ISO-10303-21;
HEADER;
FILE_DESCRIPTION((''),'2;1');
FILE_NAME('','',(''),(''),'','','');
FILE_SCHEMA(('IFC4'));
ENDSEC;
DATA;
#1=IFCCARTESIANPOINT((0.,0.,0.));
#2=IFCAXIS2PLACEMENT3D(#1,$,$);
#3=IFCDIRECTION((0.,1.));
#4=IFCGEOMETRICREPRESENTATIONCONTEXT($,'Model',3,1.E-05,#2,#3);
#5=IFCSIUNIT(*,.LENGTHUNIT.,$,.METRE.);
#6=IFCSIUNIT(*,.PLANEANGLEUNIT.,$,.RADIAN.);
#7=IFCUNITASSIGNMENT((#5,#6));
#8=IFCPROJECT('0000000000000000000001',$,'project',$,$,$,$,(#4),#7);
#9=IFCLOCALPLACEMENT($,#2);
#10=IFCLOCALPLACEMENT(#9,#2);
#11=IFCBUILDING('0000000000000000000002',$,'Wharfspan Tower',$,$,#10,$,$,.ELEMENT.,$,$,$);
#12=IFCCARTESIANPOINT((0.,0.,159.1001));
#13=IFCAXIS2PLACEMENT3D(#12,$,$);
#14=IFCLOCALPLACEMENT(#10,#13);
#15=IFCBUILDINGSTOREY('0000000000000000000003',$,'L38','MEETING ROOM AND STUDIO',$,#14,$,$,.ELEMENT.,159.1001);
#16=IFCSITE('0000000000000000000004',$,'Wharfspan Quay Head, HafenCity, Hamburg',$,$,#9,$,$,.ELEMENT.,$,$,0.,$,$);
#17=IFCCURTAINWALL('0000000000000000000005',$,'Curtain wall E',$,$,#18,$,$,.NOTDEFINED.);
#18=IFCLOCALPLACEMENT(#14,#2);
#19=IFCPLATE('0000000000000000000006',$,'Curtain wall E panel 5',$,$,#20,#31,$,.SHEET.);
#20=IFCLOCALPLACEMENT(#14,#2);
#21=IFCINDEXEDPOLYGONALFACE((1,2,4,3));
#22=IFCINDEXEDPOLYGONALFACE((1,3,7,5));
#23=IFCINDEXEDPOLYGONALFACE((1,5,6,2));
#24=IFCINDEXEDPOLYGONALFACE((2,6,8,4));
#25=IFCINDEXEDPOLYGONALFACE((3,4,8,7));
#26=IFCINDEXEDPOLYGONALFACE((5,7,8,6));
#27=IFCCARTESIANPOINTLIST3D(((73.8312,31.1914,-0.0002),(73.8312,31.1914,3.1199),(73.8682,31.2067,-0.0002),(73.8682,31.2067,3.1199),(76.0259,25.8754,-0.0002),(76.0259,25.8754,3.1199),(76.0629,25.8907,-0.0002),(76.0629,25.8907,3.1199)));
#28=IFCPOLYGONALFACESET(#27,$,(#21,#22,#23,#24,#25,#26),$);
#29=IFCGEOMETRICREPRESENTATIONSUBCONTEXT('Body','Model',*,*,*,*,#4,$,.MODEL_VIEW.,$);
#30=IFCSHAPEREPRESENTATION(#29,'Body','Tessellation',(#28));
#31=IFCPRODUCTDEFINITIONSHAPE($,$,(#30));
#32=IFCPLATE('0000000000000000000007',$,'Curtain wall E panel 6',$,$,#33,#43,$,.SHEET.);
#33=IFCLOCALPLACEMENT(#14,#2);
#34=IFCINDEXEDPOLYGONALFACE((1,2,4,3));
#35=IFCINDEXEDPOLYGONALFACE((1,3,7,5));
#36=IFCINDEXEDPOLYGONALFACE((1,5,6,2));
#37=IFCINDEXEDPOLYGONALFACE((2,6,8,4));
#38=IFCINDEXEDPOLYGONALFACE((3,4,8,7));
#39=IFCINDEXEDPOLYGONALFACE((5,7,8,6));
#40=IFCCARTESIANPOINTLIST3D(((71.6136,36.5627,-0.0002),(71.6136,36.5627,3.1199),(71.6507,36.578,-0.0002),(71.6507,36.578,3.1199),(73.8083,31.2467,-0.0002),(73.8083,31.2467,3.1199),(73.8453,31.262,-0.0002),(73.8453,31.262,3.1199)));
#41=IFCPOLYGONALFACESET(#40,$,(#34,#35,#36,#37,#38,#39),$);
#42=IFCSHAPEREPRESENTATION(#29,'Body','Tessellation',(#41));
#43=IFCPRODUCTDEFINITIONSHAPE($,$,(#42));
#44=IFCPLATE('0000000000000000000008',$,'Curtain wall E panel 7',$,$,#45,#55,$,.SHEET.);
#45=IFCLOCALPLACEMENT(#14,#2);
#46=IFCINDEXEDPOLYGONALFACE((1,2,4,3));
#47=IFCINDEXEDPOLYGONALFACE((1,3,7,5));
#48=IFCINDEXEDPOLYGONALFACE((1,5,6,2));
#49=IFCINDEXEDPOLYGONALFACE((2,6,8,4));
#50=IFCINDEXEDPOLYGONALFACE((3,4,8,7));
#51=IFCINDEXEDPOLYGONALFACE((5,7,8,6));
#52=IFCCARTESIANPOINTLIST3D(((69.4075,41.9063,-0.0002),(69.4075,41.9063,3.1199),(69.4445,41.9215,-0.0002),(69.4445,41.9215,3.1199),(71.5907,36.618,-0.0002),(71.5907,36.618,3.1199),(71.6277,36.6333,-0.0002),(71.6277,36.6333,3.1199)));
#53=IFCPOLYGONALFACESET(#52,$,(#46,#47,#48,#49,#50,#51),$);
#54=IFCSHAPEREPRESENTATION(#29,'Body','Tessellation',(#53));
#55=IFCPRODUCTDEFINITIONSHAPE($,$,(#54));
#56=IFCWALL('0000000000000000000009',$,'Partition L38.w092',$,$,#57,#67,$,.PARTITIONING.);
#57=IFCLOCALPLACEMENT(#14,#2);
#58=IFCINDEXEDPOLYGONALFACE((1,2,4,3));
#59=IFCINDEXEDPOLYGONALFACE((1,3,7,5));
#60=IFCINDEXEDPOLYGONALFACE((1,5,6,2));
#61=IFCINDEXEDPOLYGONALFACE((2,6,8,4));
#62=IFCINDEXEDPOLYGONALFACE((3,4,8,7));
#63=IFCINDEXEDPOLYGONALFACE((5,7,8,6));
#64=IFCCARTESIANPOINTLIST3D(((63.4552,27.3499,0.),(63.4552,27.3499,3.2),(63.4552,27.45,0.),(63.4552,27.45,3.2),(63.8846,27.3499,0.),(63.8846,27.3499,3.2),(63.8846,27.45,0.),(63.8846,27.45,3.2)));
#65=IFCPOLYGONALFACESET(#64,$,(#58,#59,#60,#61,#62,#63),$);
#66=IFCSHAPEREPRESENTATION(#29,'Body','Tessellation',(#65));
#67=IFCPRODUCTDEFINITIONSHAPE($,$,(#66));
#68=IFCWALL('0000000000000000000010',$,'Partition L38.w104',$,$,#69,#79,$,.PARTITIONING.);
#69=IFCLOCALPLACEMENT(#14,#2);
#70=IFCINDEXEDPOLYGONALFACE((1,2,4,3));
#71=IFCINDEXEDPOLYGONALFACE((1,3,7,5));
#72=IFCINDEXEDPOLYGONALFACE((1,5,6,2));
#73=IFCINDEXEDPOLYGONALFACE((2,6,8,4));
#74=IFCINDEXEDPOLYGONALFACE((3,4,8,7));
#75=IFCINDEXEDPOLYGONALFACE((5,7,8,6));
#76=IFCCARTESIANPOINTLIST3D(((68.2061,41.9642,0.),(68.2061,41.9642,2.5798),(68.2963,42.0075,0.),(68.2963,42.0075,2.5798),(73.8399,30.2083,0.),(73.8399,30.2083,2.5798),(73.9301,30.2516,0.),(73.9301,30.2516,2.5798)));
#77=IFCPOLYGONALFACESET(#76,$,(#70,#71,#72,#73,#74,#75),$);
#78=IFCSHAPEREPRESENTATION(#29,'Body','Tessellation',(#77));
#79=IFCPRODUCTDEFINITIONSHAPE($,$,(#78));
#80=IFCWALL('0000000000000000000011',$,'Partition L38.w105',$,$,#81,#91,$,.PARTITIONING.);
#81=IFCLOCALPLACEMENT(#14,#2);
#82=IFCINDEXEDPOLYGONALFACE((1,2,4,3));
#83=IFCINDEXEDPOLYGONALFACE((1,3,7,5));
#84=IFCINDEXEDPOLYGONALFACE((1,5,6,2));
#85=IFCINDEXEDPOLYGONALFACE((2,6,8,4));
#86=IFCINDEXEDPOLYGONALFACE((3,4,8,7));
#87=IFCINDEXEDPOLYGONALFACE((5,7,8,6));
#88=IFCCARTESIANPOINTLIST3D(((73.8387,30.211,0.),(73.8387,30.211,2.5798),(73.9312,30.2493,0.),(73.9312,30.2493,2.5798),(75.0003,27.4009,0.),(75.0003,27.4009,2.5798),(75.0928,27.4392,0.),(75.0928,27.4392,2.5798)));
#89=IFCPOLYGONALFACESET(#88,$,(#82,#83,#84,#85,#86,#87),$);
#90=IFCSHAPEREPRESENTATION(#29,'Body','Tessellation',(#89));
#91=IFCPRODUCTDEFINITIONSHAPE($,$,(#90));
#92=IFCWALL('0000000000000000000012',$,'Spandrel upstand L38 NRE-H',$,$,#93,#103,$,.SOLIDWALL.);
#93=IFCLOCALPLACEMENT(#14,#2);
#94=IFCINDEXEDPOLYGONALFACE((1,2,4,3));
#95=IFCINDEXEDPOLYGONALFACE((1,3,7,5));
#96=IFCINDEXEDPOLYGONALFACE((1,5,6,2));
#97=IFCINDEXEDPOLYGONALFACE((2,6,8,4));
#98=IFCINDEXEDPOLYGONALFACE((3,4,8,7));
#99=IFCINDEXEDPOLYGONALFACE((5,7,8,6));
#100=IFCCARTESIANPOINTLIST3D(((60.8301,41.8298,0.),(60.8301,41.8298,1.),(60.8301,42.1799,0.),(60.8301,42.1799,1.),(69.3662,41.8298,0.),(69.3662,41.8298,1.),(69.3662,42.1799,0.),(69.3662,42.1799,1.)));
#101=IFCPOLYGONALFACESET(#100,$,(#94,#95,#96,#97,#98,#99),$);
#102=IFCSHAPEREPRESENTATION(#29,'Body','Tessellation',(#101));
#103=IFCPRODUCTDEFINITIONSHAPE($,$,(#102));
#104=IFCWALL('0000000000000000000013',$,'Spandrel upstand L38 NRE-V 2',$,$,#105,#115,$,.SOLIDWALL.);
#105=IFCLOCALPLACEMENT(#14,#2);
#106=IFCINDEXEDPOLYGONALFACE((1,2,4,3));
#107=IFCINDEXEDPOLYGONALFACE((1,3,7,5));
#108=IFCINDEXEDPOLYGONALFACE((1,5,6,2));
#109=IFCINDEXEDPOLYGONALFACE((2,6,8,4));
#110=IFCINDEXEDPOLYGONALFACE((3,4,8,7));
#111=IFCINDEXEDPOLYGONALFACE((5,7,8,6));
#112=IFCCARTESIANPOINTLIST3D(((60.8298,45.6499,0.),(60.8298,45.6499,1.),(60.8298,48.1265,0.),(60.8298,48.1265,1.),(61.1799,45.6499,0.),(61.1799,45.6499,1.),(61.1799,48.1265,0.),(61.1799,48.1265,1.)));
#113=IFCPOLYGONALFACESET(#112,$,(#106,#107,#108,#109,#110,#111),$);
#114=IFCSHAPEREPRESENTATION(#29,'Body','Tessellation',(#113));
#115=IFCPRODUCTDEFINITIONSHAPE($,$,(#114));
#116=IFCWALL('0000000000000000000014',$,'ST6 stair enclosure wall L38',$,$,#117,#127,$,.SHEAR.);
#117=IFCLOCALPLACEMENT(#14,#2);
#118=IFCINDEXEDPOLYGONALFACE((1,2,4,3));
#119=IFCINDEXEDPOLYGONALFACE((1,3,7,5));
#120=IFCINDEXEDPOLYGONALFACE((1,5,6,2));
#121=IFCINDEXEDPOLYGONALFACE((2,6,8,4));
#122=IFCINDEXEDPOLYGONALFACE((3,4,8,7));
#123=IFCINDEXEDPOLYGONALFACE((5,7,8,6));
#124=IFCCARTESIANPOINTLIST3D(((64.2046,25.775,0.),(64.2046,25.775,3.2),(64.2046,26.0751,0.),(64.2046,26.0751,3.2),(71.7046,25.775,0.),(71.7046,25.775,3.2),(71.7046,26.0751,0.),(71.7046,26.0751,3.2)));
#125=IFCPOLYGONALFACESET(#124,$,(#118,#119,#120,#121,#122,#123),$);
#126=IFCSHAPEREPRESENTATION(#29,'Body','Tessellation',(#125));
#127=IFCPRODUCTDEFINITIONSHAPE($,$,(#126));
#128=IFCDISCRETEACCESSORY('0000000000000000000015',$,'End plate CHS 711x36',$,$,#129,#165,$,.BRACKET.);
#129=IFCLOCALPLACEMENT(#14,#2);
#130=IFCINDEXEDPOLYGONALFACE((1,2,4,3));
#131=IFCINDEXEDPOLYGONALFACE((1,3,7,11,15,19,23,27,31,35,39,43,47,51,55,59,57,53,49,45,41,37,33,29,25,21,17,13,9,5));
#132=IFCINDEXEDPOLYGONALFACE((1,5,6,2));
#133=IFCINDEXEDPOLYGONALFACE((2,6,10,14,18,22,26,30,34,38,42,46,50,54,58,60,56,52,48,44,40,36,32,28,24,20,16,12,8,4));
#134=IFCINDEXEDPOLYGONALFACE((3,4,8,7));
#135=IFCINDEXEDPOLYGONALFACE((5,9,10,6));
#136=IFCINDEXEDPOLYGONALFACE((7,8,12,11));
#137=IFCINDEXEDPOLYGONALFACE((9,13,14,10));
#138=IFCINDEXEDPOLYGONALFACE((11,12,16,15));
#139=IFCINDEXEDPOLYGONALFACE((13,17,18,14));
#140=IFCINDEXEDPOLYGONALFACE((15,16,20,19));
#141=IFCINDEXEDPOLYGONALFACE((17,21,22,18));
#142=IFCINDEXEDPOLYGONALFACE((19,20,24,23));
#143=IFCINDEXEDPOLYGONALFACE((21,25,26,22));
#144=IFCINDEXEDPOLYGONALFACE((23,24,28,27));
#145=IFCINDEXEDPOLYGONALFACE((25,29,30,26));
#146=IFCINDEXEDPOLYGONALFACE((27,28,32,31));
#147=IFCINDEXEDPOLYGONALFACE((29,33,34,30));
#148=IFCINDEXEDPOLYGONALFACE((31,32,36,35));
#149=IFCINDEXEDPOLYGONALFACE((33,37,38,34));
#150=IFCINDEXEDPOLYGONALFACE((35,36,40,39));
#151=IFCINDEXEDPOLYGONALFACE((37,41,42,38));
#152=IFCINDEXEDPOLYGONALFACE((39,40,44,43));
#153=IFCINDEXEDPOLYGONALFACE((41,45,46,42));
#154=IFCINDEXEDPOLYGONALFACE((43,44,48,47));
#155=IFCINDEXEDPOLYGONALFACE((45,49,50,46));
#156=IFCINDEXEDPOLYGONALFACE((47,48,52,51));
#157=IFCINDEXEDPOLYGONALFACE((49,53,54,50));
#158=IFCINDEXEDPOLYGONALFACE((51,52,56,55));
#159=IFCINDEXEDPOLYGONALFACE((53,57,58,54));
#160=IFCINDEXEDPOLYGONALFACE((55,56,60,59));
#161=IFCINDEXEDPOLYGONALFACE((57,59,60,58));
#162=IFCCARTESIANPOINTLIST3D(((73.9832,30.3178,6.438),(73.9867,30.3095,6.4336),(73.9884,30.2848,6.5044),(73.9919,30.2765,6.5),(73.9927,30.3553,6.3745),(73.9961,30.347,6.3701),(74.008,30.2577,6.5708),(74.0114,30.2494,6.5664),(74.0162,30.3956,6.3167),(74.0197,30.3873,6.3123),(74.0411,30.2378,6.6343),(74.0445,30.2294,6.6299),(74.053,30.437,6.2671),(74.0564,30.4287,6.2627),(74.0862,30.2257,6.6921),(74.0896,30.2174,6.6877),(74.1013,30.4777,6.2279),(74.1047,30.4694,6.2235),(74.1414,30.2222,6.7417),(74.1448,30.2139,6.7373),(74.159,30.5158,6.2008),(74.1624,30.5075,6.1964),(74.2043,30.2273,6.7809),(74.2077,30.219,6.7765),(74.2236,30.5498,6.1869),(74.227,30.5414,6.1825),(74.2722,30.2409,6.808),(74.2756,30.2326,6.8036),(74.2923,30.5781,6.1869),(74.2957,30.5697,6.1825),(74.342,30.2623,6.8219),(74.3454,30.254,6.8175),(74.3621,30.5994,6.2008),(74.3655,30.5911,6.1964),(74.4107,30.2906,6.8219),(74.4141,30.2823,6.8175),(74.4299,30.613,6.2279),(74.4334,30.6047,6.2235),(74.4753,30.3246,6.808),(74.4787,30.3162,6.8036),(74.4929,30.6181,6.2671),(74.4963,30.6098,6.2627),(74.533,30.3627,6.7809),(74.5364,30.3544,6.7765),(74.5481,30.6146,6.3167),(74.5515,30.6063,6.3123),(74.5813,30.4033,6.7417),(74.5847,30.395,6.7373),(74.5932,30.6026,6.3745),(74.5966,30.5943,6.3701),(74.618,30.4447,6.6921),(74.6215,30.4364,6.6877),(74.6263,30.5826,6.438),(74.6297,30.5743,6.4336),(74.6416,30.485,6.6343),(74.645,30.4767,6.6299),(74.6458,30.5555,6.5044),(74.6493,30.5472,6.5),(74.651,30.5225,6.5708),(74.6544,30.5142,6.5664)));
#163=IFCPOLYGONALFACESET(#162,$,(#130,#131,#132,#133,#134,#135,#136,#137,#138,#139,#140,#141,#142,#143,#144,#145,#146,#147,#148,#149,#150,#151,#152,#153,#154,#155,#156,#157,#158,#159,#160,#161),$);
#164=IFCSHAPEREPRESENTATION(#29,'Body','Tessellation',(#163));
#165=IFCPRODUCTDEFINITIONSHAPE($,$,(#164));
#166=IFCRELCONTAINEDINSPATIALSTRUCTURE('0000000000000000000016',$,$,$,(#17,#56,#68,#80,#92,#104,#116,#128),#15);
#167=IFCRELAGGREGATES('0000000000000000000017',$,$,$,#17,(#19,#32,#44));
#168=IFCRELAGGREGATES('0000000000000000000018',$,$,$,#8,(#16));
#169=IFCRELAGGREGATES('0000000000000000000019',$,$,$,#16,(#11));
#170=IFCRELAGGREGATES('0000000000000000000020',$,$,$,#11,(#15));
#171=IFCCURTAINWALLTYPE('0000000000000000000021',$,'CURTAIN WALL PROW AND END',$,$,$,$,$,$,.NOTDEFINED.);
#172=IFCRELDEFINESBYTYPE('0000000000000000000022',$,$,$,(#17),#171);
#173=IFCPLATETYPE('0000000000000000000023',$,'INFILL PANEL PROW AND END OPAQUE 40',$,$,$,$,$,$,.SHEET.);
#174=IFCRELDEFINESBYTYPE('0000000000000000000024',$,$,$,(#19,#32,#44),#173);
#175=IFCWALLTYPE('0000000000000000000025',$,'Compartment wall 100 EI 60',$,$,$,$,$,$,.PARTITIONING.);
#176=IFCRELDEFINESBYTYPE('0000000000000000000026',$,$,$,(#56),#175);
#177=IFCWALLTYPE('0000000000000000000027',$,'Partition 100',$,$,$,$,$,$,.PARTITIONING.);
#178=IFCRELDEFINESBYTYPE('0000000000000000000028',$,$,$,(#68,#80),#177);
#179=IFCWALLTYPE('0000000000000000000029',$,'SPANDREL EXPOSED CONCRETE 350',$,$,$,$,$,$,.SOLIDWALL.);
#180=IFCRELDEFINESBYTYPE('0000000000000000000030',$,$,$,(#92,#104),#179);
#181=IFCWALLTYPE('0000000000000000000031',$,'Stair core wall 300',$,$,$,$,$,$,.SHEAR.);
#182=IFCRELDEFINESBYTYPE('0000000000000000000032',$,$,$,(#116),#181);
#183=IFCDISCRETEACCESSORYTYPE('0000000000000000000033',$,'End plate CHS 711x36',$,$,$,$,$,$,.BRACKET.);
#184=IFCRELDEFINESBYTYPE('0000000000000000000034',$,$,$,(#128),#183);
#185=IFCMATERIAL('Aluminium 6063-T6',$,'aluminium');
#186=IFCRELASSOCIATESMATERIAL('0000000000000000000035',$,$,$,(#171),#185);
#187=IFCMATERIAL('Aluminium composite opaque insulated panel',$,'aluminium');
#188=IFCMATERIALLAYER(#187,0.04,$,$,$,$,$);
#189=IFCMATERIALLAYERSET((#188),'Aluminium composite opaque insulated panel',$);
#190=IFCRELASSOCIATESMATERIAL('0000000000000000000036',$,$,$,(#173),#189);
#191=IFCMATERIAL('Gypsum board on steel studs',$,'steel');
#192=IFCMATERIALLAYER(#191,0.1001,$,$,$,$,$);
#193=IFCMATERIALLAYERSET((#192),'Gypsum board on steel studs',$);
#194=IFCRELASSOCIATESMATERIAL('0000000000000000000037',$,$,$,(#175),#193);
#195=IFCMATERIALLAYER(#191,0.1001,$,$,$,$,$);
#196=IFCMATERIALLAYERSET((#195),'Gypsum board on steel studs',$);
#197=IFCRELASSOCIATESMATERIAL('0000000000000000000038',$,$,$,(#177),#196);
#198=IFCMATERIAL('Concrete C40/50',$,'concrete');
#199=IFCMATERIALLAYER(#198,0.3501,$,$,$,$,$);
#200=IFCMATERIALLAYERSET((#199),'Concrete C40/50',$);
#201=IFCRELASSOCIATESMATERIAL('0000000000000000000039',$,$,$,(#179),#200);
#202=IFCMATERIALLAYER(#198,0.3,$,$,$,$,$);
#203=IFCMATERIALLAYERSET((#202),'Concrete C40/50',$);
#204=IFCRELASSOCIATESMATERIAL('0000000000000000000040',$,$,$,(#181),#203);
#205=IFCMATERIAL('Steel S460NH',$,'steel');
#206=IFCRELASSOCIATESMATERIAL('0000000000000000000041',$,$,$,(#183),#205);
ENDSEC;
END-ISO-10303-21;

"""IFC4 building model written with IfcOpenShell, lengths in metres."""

from ifc_helpers import new_model, si_unit, direction, frame, frame_2d, origin, origin_2d, place, context, subcontext, project, spatial, rectangle, circle, extrude, material, layer, layer_set, material_profile, profile_set, type_object, element, aggregate, save


model = new_model("IFC4")

# Units and contexts
model_context = context("Model", 3, precision=1e-05, world=origin(), true_north=direction((0.0, 1.0)))
body_context = subcontext(model_context, "Body", "Model", "MODEL_VIEW")
ifc_project = project(units=[si_unit("LENGTHUNIT", "METRE"), si_unit("PLANEANGLEUNIT", "RADIAN")], contexts=[model_context])

# Site, building, storey
site_placement = place(None, origin())
site = spatial("IfcSite", under=ifc_project, at=site_placement, Name="Wharfspan Quay Head, HafenCity, Hamburg", CompositionType="ELEMENT", RefElevation=0.0)
building_placement = place(site_placement, origin())
building = spatial("IfcBuilding", under=site, at=building_placement, Name="Wharfspan Tower", CompositionType="ELEMENT")
storey_placement = place(building_placement, frame((0.0, 0.0, 159.1001)))
storey = spatial("IfcBuildingStorey", under=building, at=storey_placement, Name="L38", Description="MEETING ROOM AND STUDIO", CompositionType="ELEMENT", Elevation=159.1001)

# Curtain wall
ifc_material_1 = material(Name="Aluminium 6063-T6", Category="aluminium")
curtain_wall_type = type_object("IfcCurtainWallType", Name="CURTAIN WALL PROW AND END", PredefinedType="NOTDEFINED", material=ifc_material_1)
curtain_wall_1_placement = place(storey_placement, origin())
curtain_wall_1 = element("IfcCurtainWall", 1, at=curtain_wall_1_placement, inside=storey, type_object=curtain_wall_type, Name="Curtain wall E", PredefinedType="NOTDEFINED")

# Shared definitions
ifc_material_2 = material(Name="Steel S460NH", Category="steel")

# Plates
ifc_material_3 = material(Name="Aluminium composite opaque insulated panel", Category="aluminium")
ifc_layer_1 = layer(ifc_material_3, 0.04)
ifc_layer_set_1 = layer_set([ifc_layer_1], Name="Aluminium composite opaque insulated panel")
plate_type_1 = type_object("IfcPlateType", Name="INFILL PANEL PROW AND END OPAQUE 40", PredefinedType="SHEET", material=ifc_layer_set_1)
plate_1_placement = place(storey_placement, frame((74.947, 28.541, -0.0002), z_axis=(0.0, 0.0, 1.0), x_axis=(-0.381602, 0.924325, 0.0)))
plate_1 = element("IfcPlate", 2, at=plate_1_placement, type_object=plate_type_1, Name="Curtain wall E panel 5", PredefinedType="SHEET", context=body_context, shape_type="SweptSolid", body=[
    extrude(rectangle(XDim=5.7512, YDim=0.04, at=origin_2d()), origin(), (0.0, 0.0, 1.0), 3.1201),
])
plate_2_placement = place(storey_placement, frame((72.7295, 33.9124, -0.0002), z_axis=(0.0, 0.0, 1.0), x_axis=(-0.381602, 0.924325, 0.0)))
plate_2 = element("IfcPlate", 3, at=plate_2_placement, type_object=plate_type_1, Name="Curtain wall E panel 6", PredefinedType="SHEET", context=body_context, shape_type="SweptSolid", body=[
    extrude(rectangle(XDim=5.7512, YDim=0.04, at=origin_2d()), origin(), (0.0, 0.0, 1.0), 3.1201),
])
plate_3_placement = place(storey_placement, frame((70.5176, 39.2698, -0.0002), z_axis=(0.0, 0.0, 1.0), x_axis=(-0.381602, 0.924325, 0.0)))
plate_3 = element("IfcPlate", 4, at=plate_3_placement, type_object=plate_type_1, Name="Curtain wall E panel 7", PredefinedType="SHEET", context=body_context, shape_type="SweptSolid", body=[
    extrude(rectangle(XDim=5.7212, YDim=0.04, at=origin_2d()), origin(), (0.0, 0.0, 1.0), 3.1201),
])
aggregate(curtain_wall_1, [plate_1, plate_2, plate_3])

# Walls
ifc_material_4 = material(Name="Gypsum board on steel studs", Category="steel")
ifc_layer_2 = layer(ifc_material_4, 0.1001)
ifc_layer_set_2 = layer_set([ifc_layer_2], Name="Gypsum board on steel studs")
wall_type_1 = type_object("IfcWallType", Name="Compartment wall 100 EI 60", PredefinedType="PARTITIONING", material=ifc_layer_set_2)
wall_1_placement = place(storey_placement, frame((63.4551, 27.3999, 0.0), z_axis=(0.0, 0.0, 1.0), x_axis=(1.0, 0.0, 0.0)))
element("IfcWall", 5, at=wall_1_placement, inside=storey, type_object=wall_type_1, Name="Partition L38.w092", PredefinedType="PARTITIONING", context=body_context, shape_type="SweptSolid", body=[
    extrude(rectangle(XDim=0.4294, YDim=0.1001, at=frame_2d((0.2148, 0.0))), origin(), (0.0, 0.0, 1.0), 3.2),
])
ifc_layer_3 = layer(ifc_material_4, 0.1001)
ifc_layer_set_3 = layer_set([ifc_layer_3], Name="Gypsum board on steel studs")
wall_type_2 = type_object("IfcWallType", Name="Partition 100", PredefinedType="PARTITIONING", material=ifc_layer_set_3)
wall_2_placement = place(storey_placement, frame((73.885, 30.23, 0.0), z_axis=(0.0, 0.0, 1.0), x_axis=(-0.432167, 0.90179, 0.0)))
element("IfcWall", 6, at=wall_2_placement, inside=storey, type_object=wall_type_2, Name="Partition L38.w104", PredefinedType="PARTITIONING", context=body_context, shape_type="SweptSolid", body=[
    extrude(rectangle(XDim=13.0361, YDim=0.1001, at=frame_2d((6.5181, 0.0))), origin(), (0.0, 0.0, 1.0), 2.5798),
])
wall_3_placement = place(storey_placement, frame((75.0466, 27.4199, 0.0), z_axis=(0.0, 0.0, 1.0), x_axis=(-0.382024, 0.924148, 0.0)))
element("IfcWall", 7, at=wall_3_placement, inside=storey, type_object=wall_type_2, Name="Partition L38.w105", PredefinedType="PARTITIONING", context=body_context, shape_type="SweptSolid", body=[
    extrude(rectangle(XDim=3.0408, YDim=0.1001, at=frame_2d((1.5205, 0.0))), origin(), (0.0, 0.0, 1.0), 2.5798),
])
ifc_material_5 = material(Name="Concrete C40/50", Category="concrete")
ifc_layer_4 = layer(ifc_material_5, 0.3501)
ifc_layer_set_4 = layer_set([ifc_layer_4], Name="Concrete C40/50")
wall_type_3 = type_object("IfcWallType", Name="SPANDREL EXPOSED CONCRETE 350", PredefinedType="SOLIDWALL", material=ifc_layer_set_4)
wall_4_placement = place(storey_placement, frame((69.3662, 42.0049, 0.0), z_axis=(0.0, 0.0, 1.0), x_axis=(-1.0, 0.0, 0.0)))
element("IfcWall", 8, at=wall_4_placement, inside=storey, type_object=wall_type_3, Name="Spandrel upstand L38 NRE-H", PredefinedType="SOLIDWALL", context=body_context, shape_type="SweptSolid", body=[
    extrude(rectangle(XDim=8.5361, YDim=0.3501, at=frame_2d((4.2681, 0.0))), origin(), (0.0, 0.0, 1.0), 1.0),
])
wall_5_placement = place(storey_placement, frame((61.0049, 45.6499, 0.0), z_axis=(0.0, 0.0, 1.0), x_axis=(0.0, 1.0, 0.0)))
element("IfcWall", 9, at=wall_5_placement, inside=storey, type_object=wall_type_3, Name="Spandrel upstand L38 NRE-V 2", PredefinedType="SOLIDWALL", context=body_context, shape_type="SweptSolid", body=[
    extrude(rectangle(XDim=2.4766, YDim=0.3501, at=frame_2d((1.2383, 0.0))), origin(), (0.0, 0.0, 1.0), 1.0),
])
ifc_layer_5 = layer(ifc_material_5, 0.3)
ifc_layer_set_5 = layer_set([ifc_layer_5], Name="Concrete C40/50")
wall_type_4 = type_object("IfcWallType", Name="Stair core wall 300", PredefinedType="SHEAR", material=ifc_layer_set_5)
wall_6_placement = place(storey_placement, frame((64.2046, 25.925, 0.0), z_axis=(0.0, 0.0, 1.0), x_axis=(1.0, 0.0, 0.0)))
element("IfcWall", 10, at=wall_6_placement, inside=storey, type_object=wall_type_4, Name="ST6 stair enclosure wall L38", PredefinedType="SHEAR", context=body_context, shape_type="SweptSolid", body=[
    extrude(rectangle(XDim=7.5, YDim=0.3, at=frame_2d((3.75, 0.0))), origin(), (0.0, 0.0, 1.0), 3.2),
])

# Discrete accessory
ifc_material_profile_1 = material_profile(ifc_material_2, circle(Radius=0.3555, at=origin_2d()))
ifc_profile_set_1 = profile_set([ifc_material_profile_1], Name="Steel S460NH")
discrete_accessory_type = type_object("IfcDiscreteAccessoryType", Name="End plate CHS 711x36", PredefinedType="BRACKET", material=ifc_profile_set_1)
for number, where, z_axis, x_axis, name in (
    (11, (74.3206, 30.4119, 6.5), (-0.341972, 0.830504, 0.439679), (-0.924678, -0.380749, -0.000001), "End plate CHS 711x36"),
):
    element("IfcDiscreteAccessory", number, at=place(storey_placement, frame(where, z_axis=z_axis, x_axis=x_axis)), inside=storey, type_object=discrete_accessory_type, Name=name, PredefinedType="BRACKET", context=body_context, shape_type="SweptSolid", body=[
        extrude(circle(Radius=0.3555, at=origin_2d()), origin(), (0.0, 0.0, 1.0), 0.01),
    ])

save(model, "model.ifc")
